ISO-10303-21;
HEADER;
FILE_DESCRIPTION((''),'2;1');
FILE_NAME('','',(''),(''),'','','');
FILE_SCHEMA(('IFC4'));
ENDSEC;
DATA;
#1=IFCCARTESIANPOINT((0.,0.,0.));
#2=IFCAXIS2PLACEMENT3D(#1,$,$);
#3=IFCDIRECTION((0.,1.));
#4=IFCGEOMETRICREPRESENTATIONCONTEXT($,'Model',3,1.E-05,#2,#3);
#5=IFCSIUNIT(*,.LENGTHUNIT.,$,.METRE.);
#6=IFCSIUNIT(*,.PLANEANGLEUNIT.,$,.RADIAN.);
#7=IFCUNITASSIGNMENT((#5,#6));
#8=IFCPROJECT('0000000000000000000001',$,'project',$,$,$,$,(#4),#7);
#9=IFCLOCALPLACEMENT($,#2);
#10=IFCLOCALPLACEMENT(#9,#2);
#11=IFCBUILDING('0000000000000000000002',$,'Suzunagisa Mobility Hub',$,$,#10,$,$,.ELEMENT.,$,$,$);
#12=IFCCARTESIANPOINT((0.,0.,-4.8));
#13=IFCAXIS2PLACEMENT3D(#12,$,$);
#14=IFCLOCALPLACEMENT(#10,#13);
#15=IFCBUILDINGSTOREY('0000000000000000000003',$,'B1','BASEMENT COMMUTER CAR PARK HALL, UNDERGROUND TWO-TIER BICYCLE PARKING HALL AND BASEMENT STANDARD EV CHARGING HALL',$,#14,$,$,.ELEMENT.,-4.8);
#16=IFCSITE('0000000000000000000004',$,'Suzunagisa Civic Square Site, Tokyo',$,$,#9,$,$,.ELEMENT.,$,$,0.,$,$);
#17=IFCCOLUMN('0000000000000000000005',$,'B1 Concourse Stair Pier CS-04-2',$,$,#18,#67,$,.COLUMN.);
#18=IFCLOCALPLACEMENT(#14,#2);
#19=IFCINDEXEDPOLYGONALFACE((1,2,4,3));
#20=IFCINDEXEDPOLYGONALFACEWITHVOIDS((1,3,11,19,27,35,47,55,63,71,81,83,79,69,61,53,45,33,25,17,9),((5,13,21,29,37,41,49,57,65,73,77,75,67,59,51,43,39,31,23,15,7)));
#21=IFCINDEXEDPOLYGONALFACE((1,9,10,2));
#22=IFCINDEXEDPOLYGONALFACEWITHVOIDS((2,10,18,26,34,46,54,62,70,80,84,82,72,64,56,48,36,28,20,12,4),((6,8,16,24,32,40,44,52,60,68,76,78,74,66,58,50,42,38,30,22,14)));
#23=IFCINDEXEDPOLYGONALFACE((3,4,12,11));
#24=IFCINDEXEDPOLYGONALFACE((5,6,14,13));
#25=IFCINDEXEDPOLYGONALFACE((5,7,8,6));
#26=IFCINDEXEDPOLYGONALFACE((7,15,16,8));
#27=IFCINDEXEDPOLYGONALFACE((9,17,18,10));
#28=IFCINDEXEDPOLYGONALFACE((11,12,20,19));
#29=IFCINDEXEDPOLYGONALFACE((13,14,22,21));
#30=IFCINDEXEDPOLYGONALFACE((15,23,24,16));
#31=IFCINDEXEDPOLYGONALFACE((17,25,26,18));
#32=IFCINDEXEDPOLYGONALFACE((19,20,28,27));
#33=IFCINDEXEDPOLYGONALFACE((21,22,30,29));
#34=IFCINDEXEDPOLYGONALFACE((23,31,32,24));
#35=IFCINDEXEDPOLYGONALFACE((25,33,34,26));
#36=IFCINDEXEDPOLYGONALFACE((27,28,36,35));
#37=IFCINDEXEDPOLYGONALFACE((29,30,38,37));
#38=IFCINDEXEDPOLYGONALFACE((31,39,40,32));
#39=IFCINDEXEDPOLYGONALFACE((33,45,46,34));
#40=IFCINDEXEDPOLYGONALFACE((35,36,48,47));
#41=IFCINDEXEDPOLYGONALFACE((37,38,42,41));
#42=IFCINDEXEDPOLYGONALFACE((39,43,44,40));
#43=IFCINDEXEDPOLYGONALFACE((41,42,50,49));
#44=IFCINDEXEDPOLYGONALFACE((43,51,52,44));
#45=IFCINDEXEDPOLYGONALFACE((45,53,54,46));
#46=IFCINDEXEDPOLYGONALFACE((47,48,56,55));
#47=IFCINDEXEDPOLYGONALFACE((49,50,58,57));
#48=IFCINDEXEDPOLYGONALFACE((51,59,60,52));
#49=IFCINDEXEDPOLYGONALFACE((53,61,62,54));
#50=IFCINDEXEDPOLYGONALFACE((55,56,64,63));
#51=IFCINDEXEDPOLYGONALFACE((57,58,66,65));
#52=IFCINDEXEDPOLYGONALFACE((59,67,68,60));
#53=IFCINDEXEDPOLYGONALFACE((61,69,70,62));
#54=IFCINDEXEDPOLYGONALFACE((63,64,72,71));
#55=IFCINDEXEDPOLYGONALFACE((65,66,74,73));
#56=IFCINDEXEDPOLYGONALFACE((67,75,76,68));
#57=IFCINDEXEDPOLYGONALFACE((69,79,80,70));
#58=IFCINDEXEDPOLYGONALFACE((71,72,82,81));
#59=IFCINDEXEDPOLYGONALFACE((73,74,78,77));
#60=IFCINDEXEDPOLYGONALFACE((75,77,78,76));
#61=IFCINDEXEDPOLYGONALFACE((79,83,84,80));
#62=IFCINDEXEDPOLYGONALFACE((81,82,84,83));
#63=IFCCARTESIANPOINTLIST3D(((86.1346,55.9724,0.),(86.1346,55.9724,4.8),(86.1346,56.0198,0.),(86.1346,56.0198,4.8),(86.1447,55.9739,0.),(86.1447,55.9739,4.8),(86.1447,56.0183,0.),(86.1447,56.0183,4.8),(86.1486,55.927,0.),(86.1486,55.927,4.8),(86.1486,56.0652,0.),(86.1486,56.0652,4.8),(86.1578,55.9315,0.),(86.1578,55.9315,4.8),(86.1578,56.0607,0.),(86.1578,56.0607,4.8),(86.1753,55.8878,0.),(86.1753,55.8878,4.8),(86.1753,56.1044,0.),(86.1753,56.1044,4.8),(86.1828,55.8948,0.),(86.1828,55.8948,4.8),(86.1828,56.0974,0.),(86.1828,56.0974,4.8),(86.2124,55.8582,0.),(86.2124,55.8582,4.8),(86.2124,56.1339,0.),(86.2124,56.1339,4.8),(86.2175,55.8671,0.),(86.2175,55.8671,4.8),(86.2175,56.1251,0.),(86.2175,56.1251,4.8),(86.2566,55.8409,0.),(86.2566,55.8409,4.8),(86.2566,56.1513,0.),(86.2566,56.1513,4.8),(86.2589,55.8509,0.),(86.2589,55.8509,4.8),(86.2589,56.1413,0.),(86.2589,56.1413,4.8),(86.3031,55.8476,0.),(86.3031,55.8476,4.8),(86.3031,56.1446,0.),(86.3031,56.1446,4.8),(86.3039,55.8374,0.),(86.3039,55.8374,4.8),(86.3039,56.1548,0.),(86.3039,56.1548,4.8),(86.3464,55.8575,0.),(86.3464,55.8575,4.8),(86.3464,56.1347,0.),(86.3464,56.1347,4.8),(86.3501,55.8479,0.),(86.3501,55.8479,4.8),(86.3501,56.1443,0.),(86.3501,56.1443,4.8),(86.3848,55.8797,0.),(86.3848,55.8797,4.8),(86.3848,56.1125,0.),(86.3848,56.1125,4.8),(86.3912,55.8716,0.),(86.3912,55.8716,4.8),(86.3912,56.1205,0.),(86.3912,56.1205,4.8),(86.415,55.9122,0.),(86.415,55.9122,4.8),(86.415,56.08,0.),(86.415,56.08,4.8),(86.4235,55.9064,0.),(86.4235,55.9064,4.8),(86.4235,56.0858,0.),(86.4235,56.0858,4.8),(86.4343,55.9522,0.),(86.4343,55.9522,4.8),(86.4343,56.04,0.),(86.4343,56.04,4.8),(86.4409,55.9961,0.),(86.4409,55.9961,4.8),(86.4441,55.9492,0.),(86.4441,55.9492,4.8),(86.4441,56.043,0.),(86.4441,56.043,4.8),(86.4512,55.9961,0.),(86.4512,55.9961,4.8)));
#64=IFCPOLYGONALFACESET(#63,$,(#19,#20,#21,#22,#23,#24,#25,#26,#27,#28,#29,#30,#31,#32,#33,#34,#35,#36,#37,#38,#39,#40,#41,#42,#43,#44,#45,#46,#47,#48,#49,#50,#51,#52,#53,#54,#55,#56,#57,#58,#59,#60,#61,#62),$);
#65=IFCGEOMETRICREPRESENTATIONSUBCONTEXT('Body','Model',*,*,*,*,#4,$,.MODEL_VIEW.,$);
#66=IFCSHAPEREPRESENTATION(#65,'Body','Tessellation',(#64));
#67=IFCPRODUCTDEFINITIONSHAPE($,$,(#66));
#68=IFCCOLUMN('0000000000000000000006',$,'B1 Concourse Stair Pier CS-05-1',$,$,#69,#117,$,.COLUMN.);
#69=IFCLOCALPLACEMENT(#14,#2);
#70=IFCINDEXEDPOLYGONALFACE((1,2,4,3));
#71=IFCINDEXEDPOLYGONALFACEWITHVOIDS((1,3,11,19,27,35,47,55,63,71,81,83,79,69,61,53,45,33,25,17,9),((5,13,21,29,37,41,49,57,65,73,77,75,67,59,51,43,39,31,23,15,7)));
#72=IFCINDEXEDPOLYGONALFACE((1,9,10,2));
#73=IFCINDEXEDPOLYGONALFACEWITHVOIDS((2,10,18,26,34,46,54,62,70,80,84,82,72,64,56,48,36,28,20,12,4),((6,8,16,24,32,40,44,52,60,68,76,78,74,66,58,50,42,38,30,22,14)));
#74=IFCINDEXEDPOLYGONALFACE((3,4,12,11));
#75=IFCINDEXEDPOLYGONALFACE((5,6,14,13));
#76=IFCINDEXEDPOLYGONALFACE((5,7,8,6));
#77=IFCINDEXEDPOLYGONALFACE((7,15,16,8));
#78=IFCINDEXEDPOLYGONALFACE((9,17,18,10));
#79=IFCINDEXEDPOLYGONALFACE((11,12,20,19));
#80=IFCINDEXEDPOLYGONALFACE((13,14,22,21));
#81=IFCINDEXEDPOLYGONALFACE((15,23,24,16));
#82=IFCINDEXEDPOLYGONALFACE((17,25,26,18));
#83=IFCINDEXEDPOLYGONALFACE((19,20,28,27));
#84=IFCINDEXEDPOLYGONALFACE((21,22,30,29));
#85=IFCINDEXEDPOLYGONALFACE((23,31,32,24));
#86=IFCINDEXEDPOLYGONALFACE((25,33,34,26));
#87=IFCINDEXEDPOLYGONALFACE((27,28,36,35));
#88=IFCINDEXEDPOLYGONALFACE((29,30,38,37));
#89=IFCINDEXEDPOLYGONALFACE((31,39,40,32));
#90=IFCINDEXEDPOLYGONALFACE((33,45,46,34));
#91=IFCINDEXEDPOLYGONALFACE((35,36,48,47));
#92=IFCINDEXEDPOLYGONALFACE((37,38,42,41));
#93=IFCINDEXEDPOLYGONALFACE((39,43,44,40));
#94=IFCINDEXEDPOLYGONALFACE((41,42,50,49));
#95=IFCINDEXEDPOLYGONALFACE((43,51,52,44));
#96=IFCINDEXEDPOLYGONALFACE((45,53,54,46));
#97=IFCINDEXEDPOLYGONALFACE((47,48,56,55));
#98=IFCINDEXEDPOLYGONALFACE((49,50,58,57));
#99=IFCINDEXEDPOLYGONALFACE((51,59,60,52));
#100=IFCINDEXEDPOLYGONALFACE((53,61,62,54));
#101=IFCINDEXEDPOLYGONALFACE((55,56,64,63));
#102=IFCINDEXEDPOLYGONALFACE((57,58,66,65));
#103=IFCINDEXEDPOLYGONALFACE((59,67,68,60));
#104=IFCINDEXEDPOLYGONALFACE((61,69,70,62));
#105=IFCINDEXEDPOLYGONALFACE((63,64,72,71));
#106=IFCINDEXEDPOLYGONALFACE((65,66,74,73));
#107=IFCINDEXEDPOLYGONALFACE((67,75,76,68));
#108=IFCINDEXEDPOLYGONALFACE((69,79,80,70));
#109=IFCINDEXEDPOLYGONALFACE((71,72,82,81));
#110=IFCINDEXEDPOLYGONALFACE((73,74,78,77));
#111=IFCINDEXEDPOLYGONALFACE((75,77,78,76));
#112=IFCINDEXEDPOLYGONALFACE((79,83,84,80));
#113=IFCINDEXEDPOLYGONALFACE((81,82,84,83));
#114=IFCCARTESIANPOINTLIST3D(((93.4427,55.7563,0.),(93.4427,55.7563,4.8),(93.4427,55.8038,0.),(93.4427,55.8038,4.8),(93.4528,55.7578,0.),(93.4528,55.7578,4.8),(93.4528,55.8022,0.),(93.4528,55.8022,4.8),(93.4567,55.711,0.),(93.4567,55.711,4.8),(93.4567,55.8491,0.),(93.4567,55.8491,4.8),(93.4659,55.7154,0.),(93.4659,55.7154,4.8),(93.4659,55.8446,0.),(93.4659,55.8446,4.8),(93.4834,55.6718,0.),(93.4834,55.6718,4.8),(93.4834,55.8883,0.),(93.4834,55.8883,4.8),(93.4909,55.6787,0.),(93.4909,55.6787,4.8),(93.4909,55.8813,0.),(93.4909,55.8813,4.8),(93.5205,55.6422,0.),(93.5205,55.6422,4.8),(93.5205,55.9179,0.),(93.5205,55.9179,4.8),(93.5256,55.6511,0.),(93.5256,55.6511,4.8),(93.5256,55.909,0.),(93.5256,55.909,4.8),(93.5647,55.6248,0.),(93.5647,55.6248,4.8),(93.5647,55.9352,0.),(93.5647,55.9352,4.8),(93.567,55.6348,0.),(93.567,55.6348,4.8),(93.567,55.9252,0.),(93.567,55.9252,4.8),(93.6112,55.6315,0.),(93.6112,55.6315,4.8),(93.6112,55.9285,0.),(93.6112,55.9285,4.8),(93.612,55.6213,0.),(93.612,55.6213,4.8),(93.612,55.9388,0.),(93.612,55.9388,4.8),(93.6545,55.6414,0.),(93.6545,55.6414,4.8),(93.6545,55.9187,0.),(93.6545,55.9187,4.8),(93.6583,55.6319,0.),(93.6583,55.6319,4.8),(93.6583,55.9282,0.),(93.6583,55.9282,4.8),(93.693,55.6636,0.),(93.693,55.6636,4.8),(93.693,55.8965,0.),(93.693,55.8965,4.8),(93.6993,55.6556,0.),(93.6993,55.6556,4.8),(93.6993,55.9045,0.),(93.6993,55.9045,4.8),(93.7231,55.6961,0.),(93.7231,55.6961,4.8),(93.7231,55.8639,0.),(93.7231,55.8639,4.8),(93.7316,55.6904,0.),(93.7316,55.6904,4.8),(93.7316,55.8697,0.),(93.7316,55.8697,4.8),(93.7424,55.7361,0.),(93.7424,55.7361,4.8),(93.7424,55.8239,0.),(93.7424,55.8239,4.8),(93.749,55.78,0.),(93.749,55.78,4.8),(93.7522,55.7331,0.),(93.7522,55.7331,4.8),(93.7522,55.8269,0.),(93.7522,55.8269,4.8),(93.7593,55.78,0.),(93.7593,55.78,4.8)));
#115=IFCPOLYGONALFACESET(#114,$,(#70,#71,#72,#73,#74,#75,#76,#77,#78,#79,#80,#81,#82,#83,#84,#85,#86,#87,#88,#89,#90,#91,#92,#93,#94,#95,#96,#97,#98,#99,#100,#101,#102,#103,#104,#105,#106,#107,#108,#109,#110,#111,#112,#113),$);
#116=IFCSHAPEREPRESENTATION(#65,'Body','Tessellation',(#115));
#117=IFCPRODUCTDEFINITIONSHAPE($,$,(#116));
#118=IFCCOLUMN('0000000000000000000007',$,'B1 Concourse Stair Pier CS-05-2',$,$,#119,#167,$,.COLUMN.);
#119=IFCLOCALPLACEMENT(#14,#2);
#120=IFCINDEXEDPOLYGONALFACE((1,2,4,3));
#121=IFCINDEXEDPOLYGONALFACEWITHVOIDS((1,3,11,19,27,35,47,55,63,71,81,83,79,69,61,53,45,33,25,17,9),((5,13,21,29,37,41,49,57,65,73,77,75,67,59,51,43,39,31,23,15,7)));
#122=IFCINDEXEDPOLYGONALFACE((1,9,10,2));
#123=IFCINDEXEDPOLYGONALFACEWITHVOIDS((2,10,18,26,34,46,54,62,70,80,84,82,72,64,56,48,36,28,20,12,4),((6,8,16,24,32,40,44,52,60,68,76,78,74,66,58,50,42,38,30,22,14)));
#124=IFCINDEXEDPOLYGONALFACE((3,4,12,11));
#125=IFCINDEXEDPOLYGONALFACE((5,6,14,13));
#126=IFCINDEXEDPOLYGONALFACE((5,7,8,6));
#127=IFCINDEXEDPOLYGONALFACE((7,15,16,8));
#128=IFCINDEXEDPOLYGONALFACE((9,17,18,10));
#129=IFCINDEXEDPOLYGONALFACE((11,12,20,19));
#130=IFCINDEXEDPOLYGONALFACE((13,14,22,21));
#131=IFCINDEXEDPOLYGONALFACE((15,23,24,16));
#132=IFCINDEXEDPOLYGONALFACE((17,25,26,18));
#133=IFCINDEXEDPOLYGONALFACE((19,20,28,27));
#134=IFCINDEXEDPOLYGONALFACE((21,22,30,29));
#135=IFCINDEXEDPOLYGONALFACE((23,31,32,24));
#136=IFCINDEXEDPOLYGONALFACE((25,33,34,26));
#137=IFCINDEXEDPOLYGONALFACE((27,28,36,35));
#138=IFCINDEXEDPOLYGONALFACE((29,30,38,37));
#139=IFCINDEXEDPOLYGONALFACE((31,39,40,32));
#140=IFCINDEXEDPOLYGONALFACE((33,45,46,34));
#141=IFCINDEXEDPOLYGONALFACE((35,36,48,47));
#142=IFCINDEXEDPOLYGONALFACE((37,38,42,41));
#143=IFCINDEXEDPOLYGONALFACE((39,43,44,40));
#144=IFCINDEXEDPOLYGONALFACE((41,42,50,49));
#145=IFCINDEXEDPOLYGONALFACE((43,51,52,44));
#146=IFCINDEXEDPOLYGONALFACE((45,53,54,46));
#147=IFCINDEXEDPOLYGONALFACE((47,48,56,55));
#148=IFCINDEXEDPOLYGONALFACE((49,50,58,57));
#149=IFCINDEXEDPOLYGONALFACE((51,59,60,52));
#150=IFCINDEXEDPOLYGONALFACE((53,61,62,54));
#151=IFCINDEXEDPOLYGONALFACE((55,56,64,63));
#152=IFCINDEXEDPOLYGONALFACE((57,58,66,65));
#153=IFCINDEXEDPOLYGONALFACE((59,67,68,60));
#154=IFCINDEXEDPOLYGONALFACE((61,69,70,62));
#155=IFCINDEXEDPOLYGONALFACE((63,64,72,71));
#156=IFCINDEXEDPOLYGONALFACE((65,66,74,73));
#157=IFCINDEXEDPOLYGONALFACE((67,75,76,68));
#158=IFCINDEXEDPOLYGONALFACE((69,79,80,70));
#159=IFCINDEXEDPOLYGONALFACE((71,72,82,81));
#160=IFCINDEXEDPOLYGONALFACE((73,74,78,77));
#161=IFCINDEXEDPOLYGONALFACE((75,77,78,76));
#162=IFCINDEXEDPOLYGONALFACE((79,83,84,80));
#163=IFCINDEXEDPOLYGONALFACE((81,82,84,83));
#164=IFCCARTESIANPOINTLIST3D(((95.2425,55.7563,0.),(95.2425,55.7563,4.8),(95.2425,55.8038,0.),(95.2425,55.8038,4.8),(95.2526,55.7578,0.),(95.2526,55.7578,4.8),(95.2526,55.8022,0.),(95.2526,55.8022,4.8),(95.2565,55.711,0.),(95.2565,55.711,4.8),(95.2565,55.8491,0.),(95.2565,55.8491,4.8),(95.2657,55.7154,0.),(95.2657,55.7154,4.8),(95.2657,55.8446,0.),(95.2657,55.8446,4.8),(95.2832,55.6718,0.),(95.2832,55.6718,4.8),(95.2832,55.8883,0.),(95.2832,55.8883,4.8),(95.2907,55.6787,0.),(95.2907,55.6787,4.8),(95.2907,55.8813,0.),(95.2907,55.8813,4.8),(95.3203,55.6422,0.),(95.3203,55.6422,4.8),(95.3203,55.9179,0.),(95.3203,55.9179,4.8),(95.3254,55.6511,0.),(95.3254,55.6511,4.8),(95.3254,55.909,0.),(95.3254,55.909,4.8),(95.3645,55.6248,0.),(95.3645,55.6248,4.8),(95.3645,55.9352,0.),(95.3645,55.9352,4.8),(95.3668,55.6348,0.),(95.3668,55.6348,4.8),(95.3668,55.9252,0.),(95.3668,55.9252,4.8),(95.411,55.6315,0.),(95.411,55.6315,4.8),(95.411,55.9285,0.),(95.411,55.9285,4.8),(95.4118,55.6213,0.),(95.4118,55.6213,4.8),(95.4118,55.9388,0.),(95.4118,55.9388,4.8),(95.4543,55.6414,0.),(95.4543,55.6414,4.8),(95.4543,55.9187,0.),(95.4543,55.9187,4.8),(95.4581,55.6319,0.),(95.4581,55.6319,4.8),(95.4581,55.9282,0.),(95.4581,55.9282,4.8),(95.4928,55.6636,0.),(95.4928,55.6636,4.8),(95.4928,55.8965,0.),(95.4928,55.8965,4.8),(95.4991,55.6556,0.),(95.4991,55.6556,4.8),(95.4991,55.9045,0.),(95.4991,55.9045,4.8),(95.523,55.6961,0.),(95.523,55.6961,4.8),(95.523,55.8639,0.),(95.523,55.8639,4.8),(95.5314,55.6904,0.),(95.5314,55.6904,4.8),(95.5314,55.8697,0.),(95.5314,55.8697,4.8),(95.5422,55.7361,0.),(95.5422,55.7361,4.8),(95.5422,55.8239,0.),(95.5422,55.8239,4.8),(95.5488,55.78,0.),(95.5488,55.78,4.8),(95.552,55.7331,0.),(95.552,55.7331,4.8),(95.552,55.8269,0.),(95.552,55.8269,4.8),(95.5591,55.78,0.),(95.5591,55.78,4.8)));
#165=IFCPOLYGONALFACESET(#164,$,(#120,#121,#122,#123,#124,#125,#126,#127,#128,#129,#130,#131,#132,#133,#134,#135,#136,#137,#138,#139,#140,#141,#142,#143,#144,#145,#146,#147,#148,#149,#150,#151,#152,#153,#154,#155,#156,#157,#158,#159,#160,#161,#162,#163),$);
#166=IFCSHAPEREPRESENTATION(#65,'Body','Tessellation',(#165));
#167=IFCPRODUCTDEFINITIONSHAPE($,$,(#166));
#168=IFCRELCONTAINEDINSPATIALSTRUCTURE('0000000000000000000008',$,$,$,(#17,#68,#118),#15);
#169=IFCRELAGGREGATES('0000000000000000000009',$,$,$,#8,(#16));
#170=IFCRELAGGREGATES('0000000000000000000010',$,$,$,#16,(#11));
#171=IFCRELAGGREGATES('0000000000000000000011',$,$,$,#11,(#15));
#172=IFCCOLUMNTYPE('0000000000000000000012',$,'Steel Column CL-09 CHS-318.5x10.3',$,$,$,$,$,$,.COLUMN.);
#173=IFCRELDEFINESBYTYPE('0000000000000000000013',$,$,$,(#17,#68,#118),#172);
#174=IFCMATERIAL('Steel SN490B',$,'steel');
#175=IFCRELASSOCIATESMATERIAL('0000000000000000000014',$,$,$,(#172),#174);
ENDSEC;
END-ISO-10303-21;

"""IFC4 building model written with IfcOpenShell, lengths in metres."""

from ifc_helpers import new_model, si_unit, direction, frame, origin, origin_2d, place, context, subcontext, project, spatial, hollow_circle, extrude, material, material_profile, profile_set, type_object, element, save


model = new_model("IFC4")

# Units and contexts
model_context = context("Model", 3, precision=1e-05, world=origin(), true_north=direction((0.0, 1.0)))
body_context = subcontext(model_context, "Body", "Model", "MODEL_VIEW")
ifc_project = project(units=[si_unit("LENGTHUNIT", "METRE"), si_unit("PLANEANGLEUNIT", "RADIAN")], contexts=[model_context])

# Site, building, storey
site_placement = place(None, origin())
site = spatial("IfcSite", under=ifc_project, at=site_placement, Name="Suzunagisa Civic Square Site, Tokyo", CompositionType="ELEMENT", RefElevation=0.0)
building_placement = place(site_placement, origin())
building = spatial("IfcBuilding", under=site, at=building_placement, Name="Suzunagisa Mobility Hub", CompositionType="ELEMENT")
storey_placement = place(building_placement, frame((0.0, 0.0, -4.8)))
storey = spatial("IfcBuildingStorey", under=building, at=storey_placement, Name="B1", Description="BASEMENT COMMUTER CAR PARK HALL, UNDERGROUND TWO-TIER BICYCLE PARKING HALL AND BASEMENT STANDARD EV CHARGING HALL", CompositionType="ELEMENT", Elevation=-4.8)

# Columns
ifc_material_1 = material(Name="Steel SN490B", Category="steel")
ifc_material_profile_1 = material_profile(ifc_material_1, hollow_circle(Radius=0.1592, WallThickness=0.0103, at=origin_2d()), Name="CHS-318.5x10.3")
ifc_profile_set_1 = profile_set([ifc_material_profile_1], Name="Steel SN490B")
column_type_1 = type_object("IfcColumnType", Name="Steel Column CL-09 CHS-318.5x10.3", PredefinedType="COLUMN", material=ifc_profile_set_1)
for number, where, z_axis, x_axis, name in (
    (1, (86.292, 55.9961, 0.0), (0.0, 0.0, 1.0), (1.0, 0.0, 0.0), "B1 Concourse Stair Pier CS-04-2"),
    (2, (93.6001, 55.78, 0.0), (0.0, 0.0, 1.0), (1.0, 0.0, 0.0), "B1 Concourse Stair Pier CS-05-1"),
    (3, (95.3999, 55.78, 0.0), (0.0, 0.0, 1.0), (1.0, 0.0, 0.0), "B1 Concourse Stair Pier CS-05-2"),
):
    element("IfcColumn", number, at=place(storey_placement, frame(where, z_axis=z_axis, x_axis=x_axis)), inside=storey, type_object=column_type_1, Name=name, PredefinedType="COLUMN", context=body_context, shape_type="SweptSolid", body=[
        extrude(hollow_circle(Radius=0.1592, WallThickness=0.0103, at=origin_2d()), origin(), (0.0, 0.0, 1.0), 4.8),
    ])

save(model, "model.ifc")
